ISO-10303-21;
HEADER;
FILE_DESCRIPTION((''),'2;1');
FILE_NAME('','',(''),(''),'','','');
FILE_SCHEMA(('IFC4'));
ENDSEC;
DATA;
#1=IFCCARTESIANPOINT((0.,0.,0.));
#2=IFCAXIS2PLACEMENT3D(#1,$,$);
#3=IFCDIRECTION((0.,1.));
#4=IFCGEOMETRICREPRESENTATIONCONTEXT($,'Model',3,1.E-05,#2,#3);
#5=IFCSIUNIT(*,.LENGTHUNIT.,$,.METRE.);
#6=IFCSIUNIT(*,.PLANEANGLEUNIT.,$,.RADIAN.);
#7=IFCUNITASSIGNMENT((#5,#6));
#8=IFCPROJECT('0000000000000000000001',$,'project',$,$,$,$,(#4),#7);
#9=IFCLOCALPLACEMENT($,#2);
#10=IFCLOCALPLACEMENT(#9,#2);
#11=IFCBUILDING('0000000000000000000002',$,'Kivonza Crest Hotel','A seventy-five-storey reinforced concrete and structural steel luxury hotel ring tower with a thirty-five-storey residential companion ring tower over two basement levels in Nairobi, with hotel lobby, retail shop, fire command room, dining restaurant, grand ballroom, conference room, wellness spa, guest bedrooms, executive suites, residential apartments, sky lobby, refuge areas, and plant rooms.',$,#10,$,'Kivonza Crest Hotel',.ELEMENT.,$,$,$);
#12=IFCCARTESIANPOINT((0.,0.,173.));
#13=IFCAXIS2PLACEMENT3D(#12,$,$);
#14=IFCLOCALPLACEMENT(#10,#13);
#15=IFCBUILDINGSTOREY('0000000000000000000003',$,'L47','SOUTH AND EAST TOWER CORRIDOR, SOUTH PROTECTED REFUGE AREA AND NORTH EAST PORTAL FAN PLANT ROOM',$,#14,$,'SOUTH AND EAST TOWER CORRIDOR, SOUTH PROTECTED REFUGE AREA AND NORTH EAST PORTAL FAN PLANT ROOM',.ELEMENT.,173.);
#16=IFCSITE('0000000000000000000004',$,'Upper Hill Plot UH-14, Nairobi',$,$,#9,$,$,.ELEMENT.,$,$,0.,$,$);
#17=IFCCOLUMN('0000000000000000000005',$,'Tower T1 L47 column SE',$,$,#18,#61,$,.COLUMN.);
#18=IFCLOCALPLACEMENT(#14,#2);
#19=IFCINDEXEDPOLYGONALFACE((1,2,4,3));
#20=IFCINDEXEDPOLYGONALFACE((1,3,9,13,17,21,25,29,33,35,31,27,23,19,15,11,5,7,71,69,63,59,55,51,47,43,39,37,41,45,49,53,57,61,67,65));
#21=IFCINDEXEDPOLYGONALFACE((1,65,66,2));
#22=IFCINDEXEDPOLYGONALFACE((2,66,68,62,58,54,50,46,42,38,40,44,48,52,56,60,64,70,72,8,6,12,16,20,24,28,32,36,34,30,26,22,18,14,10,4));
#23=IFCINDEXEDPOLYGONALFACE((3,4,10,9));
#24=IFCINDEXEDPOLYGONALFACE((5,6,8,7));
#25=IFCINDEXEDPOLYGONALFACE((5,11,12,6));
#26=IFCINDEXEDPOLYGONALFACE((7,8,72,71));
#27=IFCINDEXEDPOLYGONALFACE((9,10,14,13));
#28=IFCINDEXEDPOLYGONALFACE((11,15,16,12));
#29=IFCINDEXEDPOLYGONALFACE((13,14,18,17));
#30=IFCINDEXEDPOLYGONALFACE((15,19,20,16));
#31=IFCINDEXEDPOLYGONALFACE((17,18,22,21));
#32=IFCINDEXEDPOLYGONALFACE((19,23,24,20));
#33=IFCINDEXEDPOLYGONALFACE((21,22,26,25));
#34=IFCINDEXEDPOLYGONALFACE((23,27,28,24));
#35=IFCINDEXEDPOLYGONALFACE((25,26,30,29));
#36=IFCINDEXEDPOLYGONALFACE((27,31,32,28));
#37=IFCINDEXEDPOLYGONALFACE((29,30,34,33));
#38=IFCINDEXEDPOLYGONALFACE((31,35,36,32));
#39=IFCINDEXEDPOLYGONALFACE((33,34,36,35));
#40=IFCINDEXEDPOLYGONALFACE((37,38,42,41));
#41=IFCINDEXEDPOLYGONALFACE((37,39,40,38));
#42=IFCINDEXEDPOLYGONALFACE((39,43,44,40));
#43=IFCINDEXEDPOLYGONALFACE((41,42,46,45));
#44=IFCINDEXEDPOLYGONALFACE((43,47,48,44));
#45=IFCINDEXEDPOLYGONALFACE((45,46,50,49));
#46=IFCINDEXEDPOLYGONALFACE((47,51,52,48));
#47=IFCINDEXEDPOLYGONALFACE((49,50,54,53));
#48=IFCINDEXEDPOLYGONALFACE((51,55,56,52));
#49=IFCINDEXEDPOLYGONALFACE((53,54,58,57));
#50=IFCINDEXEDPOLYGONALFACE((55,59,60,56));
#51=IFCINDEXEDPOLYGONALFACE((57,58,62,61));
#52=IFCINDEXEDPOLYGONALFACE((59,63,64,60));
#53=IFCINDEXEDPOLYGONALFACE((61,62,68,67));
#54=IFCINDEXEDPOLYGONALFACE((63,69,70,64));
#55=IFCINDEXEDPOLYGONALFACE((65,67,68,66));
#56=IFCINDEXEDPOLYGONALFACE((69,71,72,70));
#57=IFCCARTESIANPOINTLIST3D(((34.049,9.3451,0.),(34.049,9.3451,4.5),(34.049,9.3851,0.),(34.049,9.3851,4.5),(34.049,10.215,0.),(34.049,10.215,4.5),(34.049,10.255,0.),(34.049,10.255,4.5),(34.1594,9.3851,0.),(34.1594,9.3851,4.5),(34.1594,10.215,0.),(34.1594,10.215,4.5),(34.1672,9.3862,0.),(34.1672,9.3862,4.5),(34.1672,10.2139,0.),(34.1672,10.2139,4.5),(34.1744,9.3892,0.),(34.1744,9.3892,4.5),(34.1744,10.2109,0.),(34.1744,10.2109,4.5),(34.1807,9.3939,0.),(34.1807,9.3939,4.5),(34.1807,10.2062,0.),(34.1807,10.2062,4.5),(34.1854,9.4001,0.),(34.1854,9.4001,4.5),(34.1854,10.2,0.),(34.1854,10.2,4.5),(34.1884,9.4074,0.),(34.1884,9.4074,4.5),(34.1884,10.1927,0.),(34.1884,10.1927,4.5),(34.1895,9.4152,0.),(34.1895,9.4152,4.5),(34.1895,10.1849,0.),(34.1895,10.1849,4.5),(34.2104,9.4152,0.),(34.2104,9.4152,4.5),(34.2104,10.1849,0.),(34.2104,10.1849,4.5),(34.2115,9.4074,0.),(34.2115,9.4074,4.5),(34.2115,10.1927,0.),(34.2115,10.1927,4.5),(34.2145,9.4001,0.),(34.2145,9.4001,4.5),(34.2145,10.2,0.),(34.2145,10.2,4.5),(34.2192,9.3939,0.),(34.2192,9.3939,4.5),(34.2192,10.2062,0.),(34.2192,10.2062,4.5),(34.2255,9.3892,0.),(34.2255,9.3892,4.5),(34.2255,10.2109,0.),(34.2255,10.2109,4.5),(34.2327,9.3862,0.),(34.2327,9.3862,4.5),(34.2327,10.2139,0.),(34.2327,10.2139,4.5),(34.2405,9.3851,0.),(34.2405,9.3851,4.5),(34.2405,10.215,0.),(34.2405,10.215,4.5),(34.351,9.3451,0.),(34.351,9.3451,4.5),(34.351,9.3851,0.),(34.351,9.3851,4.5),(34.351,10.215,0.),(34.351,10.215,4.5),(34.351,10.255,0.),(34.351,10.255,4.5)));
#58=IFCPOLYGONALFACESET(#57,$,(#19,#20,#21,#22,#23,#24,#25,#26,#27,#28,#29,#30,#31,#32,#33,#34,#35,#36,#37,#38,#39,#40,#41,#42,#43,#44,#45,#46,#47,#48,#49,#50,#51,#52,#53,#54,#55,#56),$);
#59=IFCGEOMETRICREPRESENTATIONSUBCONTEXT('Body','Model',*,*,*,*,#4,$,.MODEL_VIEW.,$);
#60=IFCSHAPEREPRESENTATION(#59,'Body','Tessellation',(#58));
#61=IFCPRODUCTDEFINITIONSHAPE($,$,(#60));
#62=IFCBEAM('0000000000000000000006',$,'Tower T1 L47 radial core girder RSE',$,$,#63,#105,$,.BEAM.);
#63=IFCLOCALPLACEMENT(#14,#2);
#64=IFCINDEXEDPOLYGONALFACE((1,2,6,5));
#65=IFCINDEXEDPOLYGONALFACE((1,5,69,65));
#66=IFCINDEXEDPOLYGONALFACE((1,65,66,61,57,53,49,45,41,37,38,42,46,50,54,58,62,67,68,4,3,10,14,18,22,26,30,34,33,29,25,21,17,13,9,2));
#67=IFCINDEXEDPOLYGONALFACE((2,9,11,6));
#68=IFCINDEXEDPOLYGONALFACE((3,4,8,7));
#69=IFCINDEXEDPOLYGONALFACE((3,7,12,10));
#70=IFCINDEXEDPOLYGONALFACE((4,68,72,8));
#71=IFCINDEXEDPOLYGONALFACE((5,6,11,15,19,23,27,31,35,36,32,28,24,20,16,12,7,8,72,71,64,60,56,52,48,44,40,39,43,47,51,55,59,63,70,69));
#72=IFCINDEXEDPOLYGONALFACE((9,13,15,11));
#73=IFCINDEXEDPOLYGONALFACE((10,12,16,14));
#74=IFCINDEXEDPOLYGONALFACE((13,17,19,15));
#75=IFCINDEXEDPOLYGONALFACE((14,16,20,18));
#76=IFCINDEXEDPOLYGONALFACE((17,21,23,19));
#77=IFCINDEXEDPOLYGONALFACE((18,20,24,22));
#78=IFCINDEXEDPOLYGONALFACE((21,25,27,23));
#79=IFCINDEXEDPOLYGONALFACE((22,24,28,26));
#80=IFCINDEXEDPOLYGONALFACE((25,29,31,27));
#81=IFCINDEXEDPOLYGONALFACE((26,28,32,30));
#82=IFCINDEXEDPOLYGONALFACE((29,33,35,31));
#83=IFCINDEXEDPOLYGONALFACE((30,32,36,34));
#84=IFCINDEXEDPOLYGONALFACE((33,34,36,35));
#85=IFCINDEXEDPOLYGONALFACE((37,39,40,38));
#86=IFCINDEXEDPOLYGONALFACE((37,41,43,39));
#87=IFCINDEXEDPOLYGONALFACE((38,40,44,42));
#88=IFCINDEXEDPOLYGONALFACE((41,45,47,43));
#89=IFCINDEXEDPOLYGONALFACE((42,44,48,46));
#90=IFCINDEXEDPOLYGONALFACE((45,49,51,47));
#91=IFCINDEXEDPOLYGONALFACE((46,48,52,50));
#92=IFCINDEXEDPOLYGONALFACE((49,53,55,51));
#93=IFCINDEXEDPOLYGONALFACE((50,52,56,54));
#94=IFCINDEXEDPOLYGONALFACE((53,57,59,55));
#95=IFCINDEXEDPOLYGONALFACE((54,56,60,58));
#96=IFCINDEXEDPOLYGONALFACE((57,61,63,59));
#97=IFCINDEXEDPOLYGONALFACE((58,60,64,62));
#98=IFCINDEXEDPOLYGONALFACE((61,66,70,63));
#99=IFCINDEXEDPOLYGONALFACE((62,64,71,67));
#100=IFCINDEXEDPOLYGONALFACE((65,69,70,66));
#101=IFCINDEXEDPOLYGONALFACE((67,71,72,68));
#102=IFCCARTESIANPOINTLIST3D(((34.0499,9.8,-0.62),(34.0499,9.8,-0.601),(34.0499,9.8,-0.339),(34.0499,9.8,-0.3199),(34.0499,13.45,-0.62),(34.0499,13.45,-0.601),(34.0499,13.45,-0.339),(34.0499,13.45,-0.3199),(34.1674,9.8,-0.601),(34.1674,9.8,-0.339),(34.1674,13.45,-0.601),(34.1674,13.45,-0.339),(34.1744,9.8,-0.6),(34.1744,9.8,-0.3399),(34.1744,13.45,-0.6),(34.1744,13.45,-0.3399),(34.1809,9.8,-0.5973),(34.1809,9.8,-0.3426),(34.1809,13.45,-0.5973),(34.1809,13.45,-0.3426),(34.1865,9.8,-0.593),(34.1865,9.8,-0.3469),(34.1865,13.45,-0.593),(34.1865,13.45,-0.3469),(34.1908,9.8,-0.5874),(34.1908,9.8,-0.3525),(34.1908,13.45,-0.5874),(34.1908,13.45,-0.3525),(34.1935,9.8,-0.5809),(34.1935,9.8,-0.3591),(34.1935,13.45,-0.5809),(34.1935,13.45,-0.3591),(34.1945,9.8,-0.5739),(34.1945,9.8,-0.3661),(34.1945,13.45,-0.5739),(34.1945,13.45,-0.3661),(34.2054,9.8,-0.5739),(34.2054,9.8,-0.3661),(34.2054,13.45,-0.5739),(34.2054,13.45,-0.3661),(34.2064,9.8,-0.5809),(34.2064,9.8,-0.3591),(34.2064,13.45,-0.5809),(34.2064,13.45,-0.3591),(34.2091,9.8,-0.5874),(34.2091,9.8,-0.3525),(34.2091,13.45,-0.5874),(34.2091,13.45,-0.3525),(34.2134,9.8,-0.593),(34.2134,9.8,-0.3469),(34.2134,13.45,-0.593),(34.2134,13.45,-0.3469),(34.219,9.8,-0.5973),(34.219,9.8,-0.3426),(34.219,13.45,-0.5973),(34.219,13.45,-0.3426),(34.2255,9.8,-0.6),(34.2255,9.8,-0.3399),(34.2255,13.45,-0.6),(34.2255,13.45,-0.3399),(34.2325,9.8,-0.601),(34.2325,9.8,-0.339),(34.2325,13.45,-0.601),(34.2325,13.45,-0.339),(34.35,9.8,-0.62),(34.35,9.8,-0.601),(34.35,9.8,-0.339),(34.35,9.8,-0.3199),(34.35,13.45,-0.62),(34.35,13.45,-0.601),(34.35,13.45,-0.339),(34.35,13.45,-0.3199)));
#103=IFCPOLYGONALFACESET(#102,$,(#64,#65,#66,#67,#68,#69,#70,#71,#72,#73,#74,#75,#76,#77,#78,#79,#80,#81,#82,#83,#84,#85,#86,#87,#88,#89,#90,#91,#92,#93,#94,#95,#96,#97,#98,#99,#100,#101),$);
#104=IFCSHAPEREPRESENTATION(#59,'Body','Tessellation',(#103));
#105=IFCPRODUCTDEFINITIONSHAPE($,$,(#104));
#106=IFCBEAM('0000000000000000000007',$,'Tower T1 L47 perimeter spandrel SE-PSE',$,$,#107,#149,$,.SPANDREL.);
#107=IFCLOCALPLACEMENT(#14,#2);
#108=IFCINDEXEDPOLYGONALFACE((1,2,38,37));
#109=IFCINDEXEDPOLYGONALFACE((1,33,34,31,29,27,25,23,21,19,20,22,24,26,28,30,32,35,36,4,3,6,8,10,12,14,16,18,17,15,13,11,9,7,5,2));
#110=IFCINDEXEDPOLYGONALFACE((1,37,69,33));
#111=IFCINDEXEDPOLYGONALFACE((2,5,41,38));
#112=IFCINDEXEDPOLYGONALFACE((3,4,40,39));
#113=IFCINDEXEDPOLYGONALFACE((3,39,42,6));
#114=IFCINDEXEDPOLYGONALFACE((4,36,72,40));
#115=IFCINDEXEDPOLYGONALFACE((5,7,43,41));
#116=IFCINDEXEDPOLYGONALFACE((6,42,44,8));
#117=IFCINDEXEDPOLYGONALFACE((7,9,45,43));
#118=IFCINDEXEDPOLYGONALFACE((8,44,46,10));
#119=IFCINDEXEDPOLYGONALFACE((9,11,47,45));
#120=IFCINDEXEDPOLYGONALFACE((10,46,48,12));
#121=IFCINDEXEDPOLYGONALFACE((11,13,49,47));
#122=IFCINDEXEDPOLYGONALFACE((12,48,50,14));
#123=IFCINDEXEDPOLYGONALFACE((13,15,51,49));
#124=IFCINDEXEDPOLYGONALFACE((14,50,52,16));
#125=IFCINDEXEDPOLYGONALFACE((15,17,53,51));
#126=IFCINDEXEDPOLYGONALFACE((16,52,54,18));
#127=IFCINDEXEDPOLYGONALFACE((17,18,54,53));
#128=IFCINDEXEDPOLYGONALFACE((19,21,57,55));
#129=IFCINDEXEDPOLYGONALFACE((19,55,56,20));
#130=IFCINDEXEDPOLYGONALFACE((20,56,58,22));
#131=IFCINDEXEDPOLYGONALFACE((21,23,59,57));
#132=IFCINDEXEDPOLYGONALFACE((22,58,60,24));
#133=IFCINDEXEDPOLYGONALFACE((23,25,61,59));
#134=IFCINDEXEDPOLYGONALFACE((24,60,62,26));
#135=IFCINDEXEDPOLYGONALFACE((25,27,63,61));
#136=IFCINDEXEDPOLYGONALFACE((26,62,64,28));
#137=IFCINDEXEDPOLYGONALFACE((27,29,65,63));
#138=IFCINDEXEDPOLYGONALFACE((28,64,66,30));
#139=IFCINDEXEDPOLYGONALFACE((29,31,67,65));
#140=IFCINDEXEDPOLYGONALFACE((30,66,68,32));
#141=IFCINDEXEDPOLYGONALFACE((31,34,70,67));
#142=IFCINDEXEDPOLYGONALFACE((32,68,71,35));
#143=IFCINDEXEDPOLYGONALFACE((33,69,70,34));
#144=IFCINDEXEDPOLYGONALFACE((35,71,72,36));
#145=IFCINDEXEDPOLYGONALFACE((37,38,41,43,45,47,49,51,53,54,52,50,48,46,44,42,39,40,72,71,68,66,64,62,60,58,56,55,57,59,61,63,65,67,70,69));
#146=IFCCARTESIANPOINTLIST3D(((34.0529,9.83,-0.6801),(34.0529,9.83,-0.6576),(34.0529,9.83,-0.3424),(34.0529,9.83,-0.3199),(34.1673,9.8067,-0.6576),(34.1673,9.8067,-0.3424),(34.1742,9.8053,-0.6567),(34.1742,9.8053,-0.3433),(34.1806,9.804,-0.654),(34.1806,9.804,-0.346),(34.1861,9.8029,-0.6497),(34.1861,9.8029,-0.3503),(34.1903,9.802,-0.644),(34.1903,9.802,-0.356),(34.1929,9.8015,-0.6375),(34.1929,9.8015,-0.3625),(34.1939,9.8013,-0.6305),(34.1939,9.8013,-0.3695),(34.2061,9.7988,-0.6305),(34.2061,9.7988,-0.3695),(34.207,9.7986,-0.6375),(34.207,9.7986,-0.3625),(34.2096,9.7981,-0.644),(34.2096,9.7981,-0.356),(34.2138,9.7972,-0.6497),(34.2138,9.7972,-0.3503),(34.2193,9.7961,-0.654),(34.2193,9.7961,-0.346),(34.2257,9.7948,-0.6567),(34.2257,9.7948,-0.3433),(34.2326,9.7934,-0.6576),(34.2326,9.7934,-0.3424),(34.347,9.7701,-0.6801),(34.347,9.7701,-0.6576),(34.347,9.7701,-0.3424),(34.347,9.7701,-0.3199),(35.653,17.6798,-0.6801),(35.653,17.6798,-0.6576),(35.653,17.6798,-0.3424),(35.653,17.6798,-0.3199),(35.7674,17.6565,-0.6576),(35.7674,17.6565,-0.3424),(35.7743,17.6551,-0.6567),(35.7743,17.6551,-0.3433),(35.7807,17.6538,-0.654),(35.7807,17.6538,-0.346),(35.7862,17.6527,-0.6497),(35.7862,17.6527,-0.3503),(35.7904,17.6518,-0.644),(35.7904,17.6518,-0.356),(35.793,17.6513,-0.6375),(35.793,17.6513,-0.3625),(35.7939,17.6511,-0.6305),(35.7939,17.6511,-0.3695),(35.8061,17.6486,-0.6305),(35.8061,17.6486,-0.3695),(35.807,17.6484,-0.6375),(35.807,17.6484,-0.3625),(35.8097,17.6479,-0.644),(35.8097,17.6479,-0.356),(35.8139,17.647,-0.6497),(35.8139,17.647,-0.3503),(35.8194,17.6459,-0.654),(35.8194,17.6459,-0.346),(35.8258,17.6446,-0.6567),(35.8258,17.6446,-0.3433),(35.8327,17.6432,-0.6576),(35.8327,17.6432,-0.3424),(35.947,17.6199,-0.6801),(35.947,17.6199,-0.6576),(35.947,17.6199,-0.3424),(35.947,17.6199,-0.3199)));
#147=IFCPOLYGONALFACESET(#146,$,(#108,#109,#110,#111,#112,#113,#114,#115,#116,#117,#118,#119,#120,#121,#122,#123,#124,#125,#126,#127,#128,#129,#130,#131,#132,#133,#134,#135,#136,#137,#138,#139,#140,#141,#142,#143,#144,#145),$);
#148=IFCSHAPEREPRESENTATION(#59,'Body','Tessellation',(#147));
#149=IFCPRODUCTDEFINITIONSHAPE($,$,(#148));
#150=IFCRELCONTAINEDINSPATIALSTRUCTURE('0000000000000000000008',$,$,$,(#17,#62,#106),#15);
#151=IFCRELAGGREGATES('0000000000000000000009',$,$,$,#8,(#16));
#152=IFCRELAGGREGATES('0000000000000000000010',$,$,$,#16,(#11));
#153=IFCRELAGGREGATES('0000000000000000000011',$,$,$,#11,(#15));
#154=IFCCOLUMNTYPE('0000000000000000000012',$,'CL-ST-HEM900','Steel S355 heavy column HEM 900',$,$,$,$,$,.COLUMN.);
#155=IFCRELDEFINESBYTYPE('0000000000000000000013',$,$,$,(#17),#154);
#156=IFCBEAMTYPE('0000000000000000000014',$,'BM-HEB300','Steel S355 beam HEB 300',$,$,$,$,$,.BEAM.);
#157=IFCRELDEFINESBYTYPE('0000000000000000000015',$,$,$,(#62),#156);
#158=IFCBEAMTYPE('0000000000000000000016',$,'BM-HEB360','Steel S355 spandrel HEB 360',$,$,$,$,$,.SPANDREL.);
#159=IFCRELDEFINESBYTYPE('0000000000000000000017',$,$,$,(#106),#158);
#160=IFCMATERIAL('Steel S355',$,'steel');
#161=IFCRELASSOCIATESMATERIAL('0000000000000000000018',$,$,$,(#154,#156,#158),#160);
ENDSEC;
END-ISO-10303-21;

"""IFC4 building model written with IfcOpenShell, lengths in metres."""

from ifc_helpers import new_model, si_unit, direction, frame, origin, origin_2d, place, context, subcontext, project, spatial, i_section, extrude, material, material_profile, profile_set, type_object, element, save


model = new_model("IFC4")

# Units and contexts
model_context = context("Model", 3, precision=1e-05, world=origin(), true_north=direction((0.0, 1.0)))
body_context = subcontext(model_context, "Body", "Model", "MODEL_VIEW")
ifc_project = project(units=[si_unit("LENGTHUNIT", "METRE"), si_unit("PLANEANGLEUNIT", "RADIAN")], contexts=[model_context])

# Site, building, storey
site_placement = place(None, origin())
site = spatial("IfcSite", under=ifc_project, at=site_placement, Name="Upper Hill Plot UH-14, Nairobi", CompositionType="ELEMENT", RefElevation=0.0)
building_placement = place(site_placement, origin())
building = spatial("IfcBuilding", under=site, at=building_placement, Name="Kivonza Crest Hotel", Description="A seventy-five-storey reinforced concrete and structural steel luxury hotel ring tower with a thirty-five-storey residential companion ring tower over two basement levels in Nairobi, with hotel lobby, retail shop, fire command room, dining restaurant, grand ballroom, conference room, wellness spa, guest bedrooms, executive suites, residential apartments, sky lobby, refuge areas, and plant rooms.", LongName="Kivonza Crest Hotel", CompositionType="ELEMENT")
storey_placement = place(building_placement, frame((0.0, 0.0, 173.0)))
storey = spatial("IfcBuildingStorey", under=building, at=storey_placement, Name="L47", Description="SOUTH AND EAST TOWER CORRIDOR, SOUTH PROTECTED REFUGE AREA AND NORTH EAST PORTAL FAN PLANT ROOM", LongName="SOUTH AND EAST TOWER CORRIDOR, SOUTH PROTECTED REFUGE AREA AND NORTH EAST PORTAL FAN PLANT ROOM", CompositionType="ELEMENT", Elevation=173.0)

# Column
ifc_material_1 = material(Name="Steel S355", Category="steel")
ifc_material_profile_1 = material_profile(ifc_material_1, i_section(OverallWidth=0.302, OverallDepth=0.9099, WebThickness=0.021, FlangeThickness=0.04, FilletRadius=0.03, at=origin_2d()), Name="HEM 900")
ifc_profile_set_1 = profile_set([ifc_material_profile_1], Name="Steel S355")
column_type = type_object("IfcColumnType", Name="CL-ST-HEM900", Description="Steel S355 heavy column HEM 900", PredefinedType="COLUMN", material=ifc_profile_set_1)
column_placement = place(storey_placement, frame((34.2, 9.8, 0.0), z_axis=(0.0, 0.0, 1.0), x_axis=(1.0, 0.0, 0.0)))
element("IfcColumn", 1, at=column_placement, inside=storey, type_object=column_type, Name="Tower T1 L47 column SE", PredefinedType="COLUMN", context=body_context, shape_type="SweptSolid", body=[
    extrude(i_section(OverallWidth=0.302, OverallDepth=0.9099, WebThickness=0.021, FlangeThickness=0.04, FilletRadius=0.03, at=origin_2d()), origin(), (0.0, 0.0, 1.0), 4.5),
])

# Beams
ifc_material_profile_2 = material_profile(ifc_material_1, i_section(OverallWidth=0.3, OverallDepth=0.3, WebThickness=0.011, FlangeThickness=0.019, FilletRadius=0.0271, at=origin_2d()), Name="HEB 300")
ifc_profile_set_2 = profile_set([ifc_material_profile_2], Name="Steel S355")
beam_type_1 = type_object("IfcBeamType", Name="BM-HEB300", Description="Steel S355 beam HEB 300", PredefinedType="BEAM", material=ifc_profile_set_2)
beam_1_placement = place(storey_placement, frame((34.2, 9.8, -0.47), z_axis=(0.0, 1.0, 0.0), x_axis=(-1.0, 0.0, 0.0)))
element("IfcBeam", 2, at=beam_1_placement, inside=storey, type_object=beam_type_1, Name="Tower T1 L47 radial core girder RSE", PredefinedType="BEAM", context=body_context, shape_type="SweptSolid", body=[
    extrude(i_section(OverallWidth=0.3, OverallDepth=0.3, WebThickness=0.011, FlangeThickness=0.019, FilletRadius=0.0271, at=origin_2d()), origin(), (0.0, 0.0, 1.0), 3.6499),
])
ifc_material_profile_3 = material_profile(ifc_material_1, i_section(OverallWidth=0.3, OverallDepth=0.3601, WebThickness=0.0125, FlangeThickness=0.0225, FilletRadius=0.0271, at=origin_2d()), Name="HEB 360")
ifc_profile_set_3 = profile_set([ifc_material_profile_3], Name="Steel S355")
beam_type_2 = type_object("IfcBeamType", Name="BM-HEB360", Description="Steel S355 spandrel HEB 360", PredefinedType="SPANDREL", material=ifc_profile_set_3)
beam_2_placement = place(storey_placement, frame((34.2, 9.8, -0.5), z_axis=(0.199731, 0.979851, 0.0), x_axis=(-0.979851, 0.199731, 0.0)))
element("IfcBeam", 3, at=beam_2_placement, inside=storey, type_object=beam_type_2, Name="Tower T1 L47 perimeter spandrel SE-PSE", PredefinedType="SPANDREL", context=body_context, shape_type="SweptSolid", body=[
    extrude(i_section(OverallWidth=0.3, OverallDepth=0.3601, WebThickness=0.0125, FlangeThickness=0.0225, FilletRadius=0.0271, at=origin_2d()), origin(), (0.0, 0.0, 1.0), 8.0112),
])

save(model, "model.ifc")
